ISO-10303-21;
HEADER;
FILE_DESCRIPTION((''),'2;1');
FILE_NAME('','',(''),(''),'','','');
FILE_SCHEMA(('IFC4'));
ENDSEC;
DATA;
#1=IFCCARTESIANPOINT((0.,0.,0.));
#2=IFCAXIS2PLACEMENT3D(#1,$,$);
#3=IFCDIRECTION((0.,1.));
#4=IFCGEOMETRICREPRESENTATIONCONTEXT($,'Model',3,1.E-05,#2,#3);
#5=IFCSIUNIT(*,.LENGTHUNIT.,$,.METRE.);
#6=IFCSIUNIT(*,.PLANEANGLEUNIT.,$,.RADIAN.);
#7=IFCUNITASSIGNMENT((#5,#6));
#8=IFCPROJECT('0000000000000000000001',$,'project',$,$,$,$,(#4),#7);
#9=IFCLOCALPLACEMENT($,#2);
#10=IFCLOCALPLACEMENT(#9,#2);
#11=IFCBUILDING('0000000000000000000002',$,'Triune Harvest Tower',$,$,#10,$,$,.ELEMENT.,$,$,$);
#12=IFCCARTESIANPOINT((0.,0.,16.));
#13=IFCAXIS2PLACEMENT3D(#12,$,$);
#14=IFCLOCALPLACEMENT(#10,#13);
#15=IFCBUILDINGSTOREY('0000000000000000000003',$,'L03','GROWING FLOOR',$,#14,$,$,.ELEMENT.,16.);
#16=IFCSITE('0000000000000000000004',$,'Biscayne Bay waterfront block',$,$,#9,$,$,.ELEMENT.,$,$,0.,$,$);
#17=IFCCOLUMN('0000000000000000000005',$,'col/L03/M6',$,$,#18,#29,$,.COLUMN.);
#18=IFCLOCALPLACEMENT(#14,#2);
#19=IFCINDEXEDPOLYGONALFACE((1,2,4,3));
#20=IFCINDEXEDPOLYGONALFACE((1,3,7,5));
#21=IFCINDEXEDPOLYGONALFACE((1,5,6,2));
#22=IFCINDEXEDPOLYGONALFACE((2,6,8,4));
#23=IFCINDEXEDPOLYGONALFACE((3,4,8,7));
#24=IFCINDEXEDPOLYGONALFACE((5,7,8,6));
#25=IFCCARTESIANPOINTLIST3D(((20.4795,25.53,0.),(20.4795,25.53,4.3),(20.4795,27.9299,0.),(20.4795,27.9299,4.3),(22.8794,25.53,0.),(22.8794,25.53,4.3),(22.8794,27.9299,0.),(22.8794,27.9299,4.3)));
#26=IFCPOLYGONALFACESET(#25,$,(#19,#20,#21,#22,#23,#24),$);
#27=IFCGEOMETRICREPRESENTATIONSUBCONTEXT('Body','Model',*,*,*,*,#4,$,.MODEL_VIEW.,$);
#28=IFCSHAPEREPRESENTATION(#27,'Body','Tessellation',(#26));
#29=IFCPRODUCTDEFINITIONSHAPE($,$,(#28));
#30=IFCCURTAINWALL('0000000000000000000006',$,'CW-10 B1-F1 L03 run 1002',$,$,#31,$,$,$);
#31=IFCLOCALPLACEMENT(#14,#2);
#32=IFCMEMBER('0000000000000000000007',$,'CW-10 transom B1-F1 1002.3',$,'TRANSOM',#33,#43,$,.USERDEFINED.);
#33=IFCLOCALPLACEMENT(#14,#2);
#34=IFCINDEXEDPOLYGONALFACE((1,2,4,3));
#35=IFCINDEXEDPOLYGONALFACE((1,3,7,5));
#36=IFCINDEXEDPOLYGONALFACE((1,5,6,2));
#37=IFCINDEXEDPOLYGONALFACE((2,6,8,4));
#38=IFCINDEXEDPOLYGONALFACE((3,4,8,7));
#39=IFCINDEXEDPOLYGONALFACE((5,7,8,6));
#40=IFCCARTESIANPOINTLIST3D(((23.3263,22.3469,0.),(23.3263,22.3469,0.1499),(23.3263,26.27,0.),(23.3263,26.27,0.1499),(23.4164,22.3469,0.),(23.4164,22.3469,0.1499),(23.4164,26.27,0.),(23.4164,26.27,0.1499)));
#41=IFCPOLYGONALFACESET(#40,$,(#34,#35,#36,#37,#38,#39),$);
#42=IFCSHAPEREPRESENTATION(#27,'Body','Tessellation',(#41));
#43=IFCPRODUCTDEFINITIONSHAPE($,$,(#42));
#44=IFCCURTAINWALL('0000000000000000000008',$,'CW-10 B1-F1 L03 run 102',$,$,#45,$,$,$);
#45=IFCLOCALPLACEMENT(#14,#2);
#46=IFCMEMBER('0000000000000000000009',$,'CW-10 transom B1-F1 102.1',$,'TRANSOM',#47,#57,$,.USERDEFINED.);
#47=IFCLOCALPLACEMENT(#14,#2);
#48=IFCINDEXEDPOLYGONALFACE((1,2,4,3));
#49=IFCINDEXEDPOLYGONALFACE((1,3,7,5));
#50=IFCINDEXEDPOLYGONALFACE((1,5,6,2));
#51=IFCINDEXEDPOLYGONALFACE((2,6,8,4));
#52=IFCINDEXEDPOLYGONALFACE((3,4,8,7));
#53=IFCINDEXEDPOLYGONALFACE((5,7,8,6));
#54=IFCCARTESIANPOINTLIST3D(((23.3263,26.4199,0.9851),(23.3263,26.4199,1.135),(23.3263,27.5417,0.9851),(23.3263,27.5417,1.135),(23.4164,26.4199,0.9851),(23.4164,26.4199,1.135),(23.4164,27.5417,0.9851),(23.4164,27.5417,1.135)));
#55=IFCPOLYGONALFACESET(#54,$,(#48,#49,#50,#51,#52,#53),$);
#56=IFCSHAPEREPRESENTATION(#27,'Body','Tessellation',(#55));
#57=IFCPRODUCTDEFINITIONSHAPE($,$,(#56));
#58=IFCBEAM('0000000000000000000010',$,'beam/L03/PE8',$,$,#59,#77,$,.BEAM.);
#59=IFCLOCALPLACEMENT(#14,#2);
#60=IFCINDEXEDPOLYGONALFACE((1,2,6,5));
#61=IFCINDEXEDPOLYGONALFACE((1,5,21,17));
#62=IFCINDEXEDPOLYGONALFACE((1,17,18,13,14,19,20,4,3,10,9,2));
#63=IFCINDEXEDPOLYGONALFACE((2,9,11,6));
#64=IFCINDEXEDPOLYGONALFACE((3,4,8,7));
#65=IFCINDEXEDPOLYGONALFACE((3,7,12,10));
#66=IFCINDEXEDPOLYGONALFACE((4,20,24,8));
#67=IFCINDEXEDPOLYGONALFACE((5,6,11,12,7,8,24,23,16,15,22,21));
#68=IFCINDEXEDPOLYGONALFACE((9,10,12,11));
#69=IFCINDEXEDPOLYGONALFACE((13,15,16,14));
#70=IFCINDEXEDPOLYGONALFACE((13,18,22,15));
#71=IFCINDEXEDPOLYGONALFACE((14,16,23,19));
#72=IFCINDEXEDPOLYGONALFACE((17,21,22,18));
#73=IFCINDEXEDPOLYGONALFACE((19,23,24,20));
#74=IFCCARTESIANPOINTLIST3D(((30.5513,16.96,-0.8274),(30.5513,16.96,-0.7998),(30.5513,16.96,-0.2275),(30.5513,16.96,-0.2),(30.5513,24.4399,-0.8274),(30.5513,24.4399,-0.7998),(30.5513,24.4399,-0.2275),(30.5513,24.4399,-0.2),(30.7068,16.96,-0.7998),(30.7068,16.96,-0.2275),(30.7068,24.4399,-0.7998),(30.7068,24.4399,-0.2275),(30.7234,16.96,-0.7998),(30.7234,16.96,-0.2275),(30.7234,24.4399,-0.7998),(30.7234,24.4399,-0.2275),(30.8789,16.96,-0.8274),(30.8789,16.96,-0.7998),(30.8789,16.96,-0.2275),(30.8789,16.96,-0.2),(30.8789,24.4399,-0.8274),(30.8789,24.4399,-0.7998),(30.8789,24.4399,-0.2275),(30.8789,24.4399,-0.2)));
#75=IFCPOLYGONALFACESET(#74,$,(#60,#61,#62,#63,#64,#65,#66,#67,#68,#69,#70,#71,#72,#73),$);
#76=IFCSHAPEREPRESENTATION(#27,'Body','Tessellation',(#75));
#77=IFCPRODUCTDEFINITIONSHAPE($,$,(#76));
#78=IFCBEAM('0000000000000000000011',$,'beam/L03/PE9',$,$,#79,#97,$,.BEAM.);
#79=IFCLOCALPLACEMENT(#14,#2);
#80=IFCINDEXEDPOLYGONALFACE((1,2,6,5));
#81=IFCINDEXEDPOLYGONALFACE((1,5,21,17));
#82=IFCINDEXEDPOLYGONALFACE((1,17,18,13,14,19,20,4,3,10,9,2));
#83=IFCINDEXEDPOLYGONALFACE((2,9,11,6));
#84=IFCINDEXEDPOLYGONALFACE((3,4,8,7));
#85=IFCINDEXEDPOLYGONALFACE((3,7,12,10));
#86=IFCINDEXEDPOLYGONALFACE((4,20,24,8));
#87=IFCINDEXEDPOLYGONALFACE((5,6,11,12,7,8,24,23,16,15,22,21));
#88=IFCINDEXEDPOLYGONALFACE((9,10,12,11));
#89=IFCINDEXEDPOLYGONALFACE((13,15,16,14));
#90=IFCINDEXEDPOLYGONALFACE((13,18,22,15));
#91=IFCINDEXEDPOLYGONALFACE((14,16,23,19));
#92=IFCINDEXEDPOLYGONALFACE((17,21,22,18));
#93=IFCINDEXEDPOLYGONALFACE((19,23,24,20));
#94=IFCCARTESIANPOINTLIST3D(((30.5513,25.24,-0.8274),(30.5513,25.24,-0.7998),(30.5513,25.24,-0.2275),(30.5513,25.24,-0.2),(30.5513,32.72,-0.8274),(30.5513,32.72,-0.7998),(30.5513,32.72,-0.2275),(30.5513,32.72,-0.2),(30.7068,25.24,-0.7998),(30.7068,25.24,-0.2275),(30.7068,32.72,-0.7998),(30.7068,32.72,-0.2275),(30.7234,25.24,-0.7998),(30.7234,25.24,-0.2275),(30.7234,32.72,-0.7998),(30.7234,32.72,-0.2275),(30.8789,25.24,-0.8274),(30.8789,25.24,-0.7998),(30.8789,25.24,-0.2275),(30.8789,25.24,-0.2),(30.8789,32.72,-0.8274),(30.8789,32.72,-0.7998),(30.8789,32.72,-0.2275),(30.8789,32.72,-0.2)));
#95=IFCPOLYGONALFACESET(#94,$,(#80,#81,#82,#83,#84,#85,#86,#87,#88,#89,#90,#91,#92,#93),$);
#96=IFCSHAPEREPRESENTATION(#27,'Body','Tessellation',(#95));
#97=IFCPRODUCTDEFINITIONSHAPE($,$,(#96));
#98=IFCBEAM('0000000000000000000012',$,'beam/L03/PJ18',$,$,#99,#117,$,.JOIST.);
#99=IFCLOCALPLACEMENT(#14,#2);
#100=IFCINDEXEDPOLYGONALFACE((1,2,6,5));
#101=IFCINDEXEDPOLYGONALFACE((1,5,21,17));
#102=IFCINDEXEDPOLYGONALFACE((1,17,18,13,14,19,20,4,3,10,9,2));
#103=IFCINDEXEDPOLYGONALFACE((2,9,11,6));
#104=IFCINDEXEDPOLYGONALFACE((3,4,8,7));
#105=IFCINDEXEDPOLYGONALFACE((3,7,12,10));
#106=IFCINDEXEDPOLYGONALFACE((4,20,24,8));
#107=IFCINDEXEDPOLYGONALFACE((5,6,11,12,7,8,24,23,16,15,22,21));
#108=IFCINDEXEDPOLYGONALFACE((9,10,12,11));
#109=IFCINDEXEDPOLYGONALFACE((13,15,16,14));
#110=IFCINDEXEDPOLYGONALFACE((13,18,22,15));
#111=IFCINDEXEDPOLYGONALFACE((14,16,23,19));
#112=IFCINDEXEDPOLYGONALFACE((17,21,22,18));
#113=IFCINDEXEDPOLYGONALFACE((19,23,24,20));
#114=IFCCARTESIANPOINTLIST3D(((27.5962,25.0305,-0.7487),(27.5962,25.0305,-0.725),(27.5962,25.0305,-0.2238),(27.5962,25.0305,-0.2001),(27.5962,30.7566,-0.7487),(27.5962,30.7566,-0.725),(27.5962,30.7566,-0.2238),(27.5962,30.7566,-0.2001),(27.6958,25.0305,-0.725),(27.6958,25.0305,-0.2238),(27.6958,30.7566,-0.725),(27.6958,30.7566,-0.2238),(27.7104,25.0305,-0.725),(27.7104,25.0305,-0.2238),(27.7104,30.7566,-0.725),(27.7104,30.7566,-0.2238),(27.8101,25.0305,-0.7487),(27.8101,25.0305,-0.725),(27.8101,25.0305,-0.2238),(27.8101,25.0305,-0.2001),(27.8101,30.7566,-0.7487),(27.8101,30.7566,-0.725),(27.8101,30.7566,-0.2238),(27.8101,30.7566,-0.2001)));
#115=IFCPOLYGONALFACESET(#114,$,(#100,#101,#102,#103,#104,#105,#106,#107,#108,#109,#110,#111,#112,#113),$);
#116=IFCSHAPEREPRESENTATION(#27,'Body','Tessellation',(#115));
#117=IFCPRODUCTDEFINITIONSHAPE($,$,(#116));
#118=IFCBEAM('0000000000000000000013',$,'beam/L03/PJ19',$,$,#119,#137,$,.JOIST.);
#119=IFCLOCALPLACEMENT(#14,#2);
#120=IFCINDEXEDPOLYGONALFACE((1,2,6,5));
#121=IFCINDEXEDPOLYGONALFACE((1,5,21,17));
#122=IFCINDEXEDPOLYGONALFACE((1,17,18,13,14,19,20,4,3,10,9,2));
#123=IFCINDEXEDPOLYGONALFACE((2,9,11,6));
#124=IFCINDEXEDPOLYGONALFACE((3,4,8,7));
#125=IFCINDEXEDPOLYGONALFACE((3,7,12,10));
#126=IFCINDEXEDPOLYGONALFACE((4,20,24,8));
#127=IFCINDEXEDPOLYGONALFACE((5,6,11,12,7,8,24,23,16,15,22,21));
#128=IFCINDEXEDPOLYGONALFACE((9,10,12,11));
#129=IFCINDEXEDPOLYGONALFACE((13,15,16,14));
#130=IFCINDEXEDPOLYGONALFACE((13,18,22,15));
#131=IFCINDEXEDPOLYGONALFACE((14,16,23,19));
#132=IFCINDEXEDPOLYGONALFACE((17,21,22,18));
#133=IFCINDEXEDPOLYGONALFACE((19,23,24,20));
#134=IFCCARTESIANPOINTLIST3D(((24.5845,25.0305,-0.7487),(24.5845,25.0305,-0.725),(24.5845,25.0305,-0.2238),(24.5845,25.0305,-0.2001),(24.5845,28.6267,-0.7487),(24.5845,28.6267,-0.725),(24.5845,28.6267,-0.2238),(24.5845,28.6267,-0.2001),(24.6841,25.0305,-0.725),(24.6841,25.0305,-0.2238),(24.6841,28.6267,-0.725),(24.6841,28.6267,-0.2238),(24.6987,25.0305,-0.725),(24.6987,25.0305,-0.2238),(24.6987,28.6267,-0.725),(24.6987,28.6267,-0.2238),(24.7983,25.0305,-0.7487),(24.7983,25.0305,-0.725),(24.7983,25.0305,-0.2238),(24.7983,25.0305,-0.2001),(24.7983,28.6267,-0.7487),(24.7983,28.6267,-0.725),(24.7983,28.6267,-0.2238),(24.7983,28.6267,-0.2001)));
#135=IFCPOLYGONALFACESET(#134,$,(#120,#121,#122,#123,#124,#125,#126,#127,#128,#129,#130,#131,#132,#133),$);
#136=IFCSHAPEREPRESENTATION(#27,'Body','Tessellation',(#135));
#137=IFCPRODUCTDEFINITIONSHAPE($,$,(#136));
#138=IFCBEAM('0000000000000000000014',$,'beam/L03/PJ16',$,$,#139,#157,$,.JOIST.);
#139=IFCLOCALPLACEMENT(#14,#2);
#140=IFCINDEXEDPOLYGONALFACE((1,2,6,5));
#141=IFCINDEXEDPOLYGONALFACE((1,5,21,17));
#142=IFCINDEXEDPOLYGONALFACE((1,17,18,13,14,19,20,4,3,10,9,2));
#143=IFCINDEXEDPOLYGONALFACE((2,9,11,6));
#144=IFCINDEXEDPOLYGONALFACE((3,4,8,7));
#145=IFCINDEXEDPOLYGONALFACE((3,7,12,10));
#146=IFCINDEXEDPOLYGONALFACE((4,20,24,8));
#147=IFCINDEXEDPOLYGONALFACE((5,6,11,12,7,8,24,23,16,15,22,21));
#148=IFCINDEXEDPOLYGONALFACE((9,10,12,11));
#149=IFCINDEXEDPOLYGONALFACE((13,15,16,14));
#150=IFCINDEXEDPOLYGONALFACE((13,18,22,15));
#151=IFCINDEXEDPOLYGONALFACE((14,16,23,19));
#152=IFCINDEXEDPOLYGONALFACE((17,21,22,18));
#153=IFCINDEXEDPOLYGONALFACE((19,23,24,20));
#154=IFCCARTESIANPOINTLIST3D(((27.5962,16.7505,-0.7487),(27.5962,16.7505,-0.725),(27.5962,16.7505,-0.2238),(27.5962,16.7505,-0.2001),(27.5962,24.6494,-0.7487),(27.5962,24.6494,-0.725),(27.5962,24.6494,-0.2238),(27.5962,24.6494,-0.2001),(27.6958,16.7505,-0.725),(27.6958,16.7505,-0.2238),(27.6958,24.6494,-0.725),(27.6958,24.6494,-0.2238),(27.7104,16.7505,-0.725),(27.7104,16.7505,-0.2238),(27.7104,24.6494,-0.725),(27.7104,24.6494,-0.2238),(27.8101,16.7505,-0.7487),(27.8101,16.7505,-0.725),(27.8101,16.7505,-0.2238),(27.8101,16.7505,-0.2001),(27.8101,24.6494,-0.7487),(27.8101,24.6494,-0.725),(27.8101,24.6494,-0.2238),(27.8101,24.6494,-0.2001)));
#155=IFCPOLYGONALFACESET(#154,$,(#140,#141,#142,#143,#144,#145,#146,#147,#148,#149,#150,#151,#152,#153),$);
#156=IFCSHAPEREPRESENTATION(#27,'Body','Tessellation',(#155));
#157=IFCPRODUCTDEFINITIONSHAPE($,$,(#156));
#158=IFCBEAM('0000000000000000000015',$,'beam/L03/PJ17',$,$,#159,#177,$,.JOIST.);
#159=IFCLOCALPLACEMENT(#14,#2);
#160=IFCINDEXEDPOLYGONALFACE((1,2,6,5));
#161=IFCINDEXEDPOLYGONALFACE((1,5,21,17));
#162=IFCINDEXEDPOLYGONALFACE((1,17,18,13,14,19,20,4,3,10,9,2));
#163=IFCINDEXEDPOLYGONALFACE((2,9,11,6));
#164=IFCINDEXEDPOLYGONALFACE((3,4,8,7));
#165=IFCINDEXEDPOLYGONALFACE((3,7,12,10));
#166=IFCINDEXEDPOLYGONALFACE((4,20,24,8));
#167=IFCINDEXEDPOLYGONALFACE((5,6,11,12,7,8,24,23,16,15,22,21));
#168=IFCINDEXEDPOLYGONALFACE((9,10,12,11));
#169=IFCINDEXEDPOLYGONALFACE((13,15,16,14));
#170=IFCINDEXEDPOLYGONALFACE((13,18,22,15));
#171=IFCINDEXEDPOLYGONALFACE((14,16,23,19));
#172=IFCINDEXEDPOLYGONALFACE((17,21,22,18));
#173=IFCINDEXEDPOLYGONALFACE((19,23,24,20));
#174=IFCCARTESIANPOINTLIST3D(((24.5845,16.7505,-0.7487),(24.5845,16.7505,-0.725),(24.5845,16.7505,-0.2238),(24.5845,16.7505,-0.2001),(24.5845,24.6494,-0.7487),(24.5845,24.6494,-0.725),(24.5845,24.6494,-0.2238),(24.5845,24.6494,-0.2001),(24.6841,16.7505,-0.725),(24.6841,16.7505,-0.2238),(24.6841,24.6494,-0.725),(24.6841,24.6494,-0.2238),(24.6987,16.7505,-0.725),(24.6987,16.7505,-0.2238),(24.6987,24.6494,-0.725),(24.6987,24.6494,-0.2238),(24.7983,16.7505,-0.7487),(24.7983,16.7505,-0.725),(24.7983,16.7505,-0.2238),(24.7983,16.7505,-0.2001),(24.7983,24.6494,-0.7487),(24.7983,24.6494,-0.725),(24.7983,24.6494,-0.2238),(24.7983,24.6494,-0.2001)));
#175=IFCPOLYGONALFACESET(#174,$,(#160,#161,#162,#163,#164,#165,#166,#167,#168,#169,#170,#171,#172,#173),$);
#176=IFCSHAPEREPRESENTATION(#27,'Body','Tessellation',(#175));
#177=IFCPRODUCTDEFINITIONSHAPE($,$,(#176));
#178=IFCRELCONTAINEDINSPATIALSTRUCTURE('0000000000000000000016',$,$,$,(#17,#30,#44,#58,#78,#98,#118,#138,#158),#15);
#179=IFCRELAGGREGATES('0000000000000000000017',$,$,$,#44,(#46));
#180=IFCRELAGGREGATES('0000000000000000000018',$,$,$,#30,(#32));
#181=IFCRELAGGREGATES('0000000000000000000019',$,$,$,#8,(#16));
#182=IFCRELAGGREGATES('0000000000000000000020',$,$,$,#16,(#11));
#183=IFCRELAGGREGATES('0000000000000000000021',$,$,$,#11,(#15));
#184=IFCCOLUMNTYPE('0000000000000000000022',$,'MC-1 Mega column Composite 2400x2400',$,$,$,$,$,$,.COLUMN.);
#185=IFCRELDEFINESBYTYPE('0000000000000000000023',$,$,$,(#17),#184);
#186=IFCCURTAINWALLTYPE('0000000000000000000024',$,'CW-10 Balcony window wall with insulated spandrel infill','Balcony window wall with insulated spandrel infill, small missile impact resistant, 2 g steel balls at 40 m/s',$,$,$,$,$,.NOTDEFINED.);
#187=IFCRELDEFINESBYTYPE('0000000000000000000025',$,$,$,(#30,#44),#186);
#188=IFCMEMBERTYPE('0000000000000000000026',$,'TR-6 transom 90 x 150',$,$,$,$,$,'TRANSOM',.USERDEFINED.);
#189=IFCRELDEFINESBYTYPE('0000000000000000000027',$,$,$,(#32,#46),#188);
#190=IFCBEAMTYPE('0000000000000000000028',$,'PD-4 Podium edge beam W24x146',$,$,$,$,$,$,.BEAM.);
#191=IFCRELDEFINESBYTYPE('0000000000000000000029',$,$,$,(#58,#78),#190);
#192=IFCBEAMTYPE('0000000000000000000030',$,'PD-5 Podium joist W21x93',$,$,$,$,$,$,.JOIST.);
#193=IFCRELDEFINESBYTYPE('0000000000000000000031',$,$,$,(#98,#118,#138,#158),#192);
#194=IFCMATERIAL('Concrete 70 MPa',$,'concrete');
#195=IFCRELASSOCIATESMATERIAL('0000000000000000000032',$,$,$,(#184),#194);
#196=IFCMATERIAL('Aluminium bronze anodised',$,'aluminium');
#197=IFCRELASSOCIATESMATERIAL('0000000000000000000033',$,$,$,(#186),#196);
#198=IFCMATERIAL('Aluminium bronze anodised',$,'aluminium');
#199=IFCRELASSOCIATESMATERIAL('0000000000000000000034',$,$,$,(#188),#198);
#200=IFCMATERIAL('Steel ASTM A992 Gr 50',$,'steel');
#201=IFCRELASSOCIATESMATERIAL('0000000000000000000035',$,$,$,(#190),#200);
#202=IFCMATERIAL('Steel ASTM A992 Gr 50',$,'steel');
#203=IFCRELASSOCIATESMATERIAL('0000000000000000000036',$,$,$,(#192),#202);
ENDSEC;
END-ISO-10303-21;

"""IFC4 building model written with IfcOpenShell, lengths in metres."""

from ifc_helpers import new_model, si_unit, direction, frame, origin, origin_2d, place, context, subcontext, project, spatial, rectangle, i_section, extrude, source, transform, mapped, material, material_profile, profile_set, type_object, element, aggregate, save


model = new_model("IFC4")

# Units and contexts
model_context = context("Model", 3, precision=1e-05, world=origin(), true_north=direction((0.0, 1.0)))
body_context = subcontext(model_context, "Body", "Model", "MODEL_VIEW")
ifc_project = project(units=[si_unit("LENGTHUNIT", "METRE"), si_unit("PLANEANGLEUNIT", "RADIAN")], contexts=[model_context])

# Site, building, storey
site_placement = place(None, origin())
site = spatial("IfcSite", under=ifc_project, at=site_placement, Name="Biscayne Bay waterfront block", CompositionType="ELEMENT", RefElevation=0.0)
building_placement = place(site_placement, origin())
building = spatial("IfcBuilding", under=site, at=building_placement, Name="Triune Harvest Tower", CompositionType="ELEMENT")
storey_placement = place(building_placement, frame((0.0, 0.0, 16.0)))
storey = spatial("IfcBuildingStorey", under=building, at=storey_placement, Name="L03", Description="GROWING FLOOR", CompositionType="ELEMENT", Elevation=16.0)

# Column
ifc_material_1 = material(Name="Concrete 70 MPa", Category="concrete")
ifc_material_profile_1 = material_profile(ifc_material_1, rectangle(XDim=2.3999, YDim=2.3999, at=origin_2d()), Name="Composite 2400x2400")
ifc_profile_set_1 = profile_set([ifc_material_profile_1], Name="Concrete 70 MPa")
column_type = type_object("IfcColumnType", Name="MC-1 Mega column Composite 2400x2400", PredefinedType="COLUMN", material=ifc_profile_set_1)
shared_shape_1 = source(origin(), body_context, "Body", "SweptSolid", [
    extrude(rectangle(XDim=2.3999, YDim=2.3999, at=origin_2d()), origin(), (0.0, 0.0, 1.0), 4.3),
])
column_placement = place(storey_placement, frame((21.6794, 26.73, 0.0), z_axis=(0.0, 0.0, 1.0), x_axis=(0.0, 1.0, 0.0)))
element("IfcColumn", 1, at=column_placement, inside=storey, type_object=column_type, Name="col/L03/M6", PredefinedType="COLUMN", context=body_context, shape_type="MappedRepresentation", body=[
    mapped(shared_shape_1, transform((0.0, 0.0, 0.0), scale=1.0)),
])

# Curtain walls, members
ifc_material_2 = material(Name="Aluminium bronze anodised", Category="aluminium")
curtain_wall_type = type_object("IfcCurtainWallType", Name="CW-10 Balcony window wall with insulated spandrel infill", Description="Balcony window wall with insulated spandrel infill, small missile impact resistant, 2 g steel balls at 40 m/s", PredefinedType="NOTDEFINED", material=ifc_material_2)
curtain_wall_1_placement = place(storey_placement, origin())
curtain_wall_1 = element("IfcCurtainWall", 2, at=curtain_wall_1_placement, inside=storey, type_object=curtain_wall_type, Name="CW-10 B1-F1 L03 run 1002")
ifc_material_3 = material(Name="Aluminium bronze anodised", Category="aluminium")
ifc_material_profile_2 = material_profile(ifc_material_3, rectangle(XDim=0.0901, YDim=0.1499, at=origin_2d()), Name="TR-6 transom 90 x 150")
ifc_profile_set_2 = profile_set([ifc_material_profile_2], Name="Aluminium bronze anodised")
member_type_1 = type_object("IfcMemberType", Name="TR-6 transom 90 x 150", ElementType="TRANSOM", PredefinedType="USERDEFINED", material=ifc_profile_set_2)
member_1_placement = place(storey_placement, frame((23.3713, 22.3469, 0.075), z_axis=(0.0, 1.0, 0.0), x_axis=(-1.0, 0.0, 0.0)))
member_1 = element("IfcMember", 3, at=member_1_placement, type_object=member_type_1, Name="CW-10 transom B1-F1 1002.3", ObjectType="TRANSOM", PredefinedType="USERDEFINED", context=body_context, shape_type="SweptSolid", body=[
    extrude(rectangle(XDim=0.0901, YDim=0.1499, at=origin_2d()), origin(), (0.0, 0.0, 1.0), 3.9231),
])
curtain_wall_2_placement = place(storey_placement, origin())
curtain_wall_2 = element("IfcCurtainWall", 4, at=curtain_wall_2_placement, inside=storey, type_object=curtain_wall_type, Name="CW-10 B1-F1 L03 run 102")
member_2_placement = place(storey_placement, frame((23.3713, 26.4199, 1.0601), z_axis=(0.0, 1.0, 0.0), x_axis=(-1.0, 0.0, 0.0)))
member_2 = element("IfcMember", 5, at=member_2_placement, type_object=member_type_1, Name="CW-10 transom B1-F1 102.1", ObjectType="TRANSOM", PredefinedType="USERDEFINED", context=body_context, shape_type="SweptSolid", body=[
    extrude(rectangle(XDim=0.0901, YDim=0.1499, at=origin_2d()), origin(), (0.0, 0.0, 1.0), 1.1218),
])

# Beams
ifc_material_4 = material(Name="Steel ASTM A992 Gr 50", Category="steel")
ifc_material_profile_3 = material_profile(ifc_material_4, i_section(OverallWidth=0.3276, OverallDepth=0.6274, WebThickness=0.0166, FlangeThickness=0.0276, at=origin_2d()), Name="W24x146")
ifc_profile_set_3 = profile_set([ifc_material_profile_3], Name="Steel ASTM A992 Gr 50")
beam_type_1 = type_object("IfcBeamType", Name="PD-4 Podium edge beam W24x146", PredefinedType="BEAM", material=ifc_profile_set_3)
shared_shape_2 = source(origin(), body_context, "Body", "SweptSolid", [
    extrude(i_section(OverallWidth=0.3276, OverallDepth=0.6274, WebThickness=0.0166, FlangeThickness=0.0276, at=origin_2d()), origin(), (0.0, 0.0, 1.0), 7.48),
])
for number, where, z_axis, x_axis, name in (
    (6, (30.7151, 16.96, -0.5137), (0.0, 1.0, 0.0), (-1.0, 0.0, 0.0), "beam/L03/PE8"),
    (7, (30.7151, 25.24, -0.5137), (0.0, 1.0, 0.0), (-1.0, 0.0, 0.0), "beam/L03/PE9"),
):
    element("IfcBeam", number, at=place(storey_placement, frame(where, z_axis=z_axis, x_axis=x_axis)), inside=storey, type_object=beam_type_1, Name=name, PredefinedType="BEAM", context=body_context, shape_type="MappedRepresentation", body=[
        mapped(shared_shape_2, transform((0.0, 0.0, 0.0), scale=1.0)),
    ])
ifc_material_5 = material(Name="Steel ASTM A992 Gr 50", Category="steel")
ifc_material_profile_4 = material_profile(ifc_material_5, i_section(OverallWidth=0.2139, OverallDepth=0.5486, WebThickness=0.0146, FlangeThickness=0.0237, at=origin_2d()), Name="W21x93")
ifc_profile_set_4 = profile_set([ifc_material_profile_4], Name="Steel ASTM A992 Gr 50")
beam_type_2 = type_object("IfcBeamType", Name="PD-5 Podium joist W21x93", PredefinedType="JOIST", material=ifc_profile_set_4)
shared_shape_3 = source(origin(), body_context, "Body", "SweptSolid", [
    extrude(i_section(OverallWidth=0.2139, OverallDepth=0.5486, WebThickness=0.0146, FlangeThickness=0.0237, at=origin_2d()), origin(), (0.0, 0.0, 1.0), 5.7261),
])
beam_1_placement = place(storey_placement, frame((27.7031, 25.0305, -0.4744), z_axis=(0.0, 1.0, 0.0), x_axis=(-1.0, 0.0, 0.0)))
element("IfcBeam", 8, at=beam_1_placement, inside=storey, type_object=beam_type_2, Name="beam/L03/PJ18", PredefinedType="JOIST", context=body_context, shape_type="MappedRepresentation", body=[
    mapped(shared_shape_3, transform((0.0, 0.0, 0.0), scale=1.0)),
])
shared_shape_4 = source(origin(), body_context, "Body", "SweptSolid", [
    extrude(i_section(OverallWidth=0.2139, OverallDepth=0.5486, WebThickness=0.0146, FlangeThickness=0.0237, at=origin_2d()), origin(), (0.0, 0.0, 1.0), 3.5962),
])
beam_2_placement = place(storey_placement, frame((24.6914, 25.0305, -0.4744), z_axis=(0.0, 1.0, 0.0), x_axis=(-1.0, 0.0, 0.0)))
element("IfcBeam", 9, at=beam_2_placement, inside=storey, type_object=beam_type_2, Name="beam/L03/PJ19", PredefinedType="JOIST", context=body_context, shape_type="MappedRepresentation", body=[
    mapped(shared_shape_4, transform((0.0, 0.0, 0.0), scale=1.0)),
])
shared_shape_5 = source(origin(), body_context, "Body", "SweptSolid", [
    extrude(i_section(OverallWidth=0.2139, OverallDepth=0.5486, WebThickness=0.0146, FlangeThickness=0.0237, at=origin_2d()), origin(), (0.0, 0.0, 1.0), 7.8989),
])
for number, where, z_axis, x_axis, name in (
    (10, (27.7031, 16.7505, -0.4744), (0.0, 1.0, 0.0), (-1.0, 0.0, 0.0), "beam/L03/PJ16"),
    (11, (24.6914, 16.7505, -0.4744), (0.0, 1.0, 0.0), (-1.0, 0.0, 0.0), "beam/L03/PJ17"),
):
    element("IfcBeam", number, at=place(storey_placement, frame(where, z_axis=z_axis, x_axis=x_axis)), inside=storey, type_object=beam_type_2, Name=name, PredefinedType="JOIST", context=body_context, shape_type="MappedRepresentation", body=[
        mapped(shared_shape_5, transform((0.0, 0.0, 0.0), scale=1.0)),
    ])

aggregate(curtain_wall_2, [member_2])
aggregate(curtain_wall_1, [member_1])

save(model, "model.ifc")
